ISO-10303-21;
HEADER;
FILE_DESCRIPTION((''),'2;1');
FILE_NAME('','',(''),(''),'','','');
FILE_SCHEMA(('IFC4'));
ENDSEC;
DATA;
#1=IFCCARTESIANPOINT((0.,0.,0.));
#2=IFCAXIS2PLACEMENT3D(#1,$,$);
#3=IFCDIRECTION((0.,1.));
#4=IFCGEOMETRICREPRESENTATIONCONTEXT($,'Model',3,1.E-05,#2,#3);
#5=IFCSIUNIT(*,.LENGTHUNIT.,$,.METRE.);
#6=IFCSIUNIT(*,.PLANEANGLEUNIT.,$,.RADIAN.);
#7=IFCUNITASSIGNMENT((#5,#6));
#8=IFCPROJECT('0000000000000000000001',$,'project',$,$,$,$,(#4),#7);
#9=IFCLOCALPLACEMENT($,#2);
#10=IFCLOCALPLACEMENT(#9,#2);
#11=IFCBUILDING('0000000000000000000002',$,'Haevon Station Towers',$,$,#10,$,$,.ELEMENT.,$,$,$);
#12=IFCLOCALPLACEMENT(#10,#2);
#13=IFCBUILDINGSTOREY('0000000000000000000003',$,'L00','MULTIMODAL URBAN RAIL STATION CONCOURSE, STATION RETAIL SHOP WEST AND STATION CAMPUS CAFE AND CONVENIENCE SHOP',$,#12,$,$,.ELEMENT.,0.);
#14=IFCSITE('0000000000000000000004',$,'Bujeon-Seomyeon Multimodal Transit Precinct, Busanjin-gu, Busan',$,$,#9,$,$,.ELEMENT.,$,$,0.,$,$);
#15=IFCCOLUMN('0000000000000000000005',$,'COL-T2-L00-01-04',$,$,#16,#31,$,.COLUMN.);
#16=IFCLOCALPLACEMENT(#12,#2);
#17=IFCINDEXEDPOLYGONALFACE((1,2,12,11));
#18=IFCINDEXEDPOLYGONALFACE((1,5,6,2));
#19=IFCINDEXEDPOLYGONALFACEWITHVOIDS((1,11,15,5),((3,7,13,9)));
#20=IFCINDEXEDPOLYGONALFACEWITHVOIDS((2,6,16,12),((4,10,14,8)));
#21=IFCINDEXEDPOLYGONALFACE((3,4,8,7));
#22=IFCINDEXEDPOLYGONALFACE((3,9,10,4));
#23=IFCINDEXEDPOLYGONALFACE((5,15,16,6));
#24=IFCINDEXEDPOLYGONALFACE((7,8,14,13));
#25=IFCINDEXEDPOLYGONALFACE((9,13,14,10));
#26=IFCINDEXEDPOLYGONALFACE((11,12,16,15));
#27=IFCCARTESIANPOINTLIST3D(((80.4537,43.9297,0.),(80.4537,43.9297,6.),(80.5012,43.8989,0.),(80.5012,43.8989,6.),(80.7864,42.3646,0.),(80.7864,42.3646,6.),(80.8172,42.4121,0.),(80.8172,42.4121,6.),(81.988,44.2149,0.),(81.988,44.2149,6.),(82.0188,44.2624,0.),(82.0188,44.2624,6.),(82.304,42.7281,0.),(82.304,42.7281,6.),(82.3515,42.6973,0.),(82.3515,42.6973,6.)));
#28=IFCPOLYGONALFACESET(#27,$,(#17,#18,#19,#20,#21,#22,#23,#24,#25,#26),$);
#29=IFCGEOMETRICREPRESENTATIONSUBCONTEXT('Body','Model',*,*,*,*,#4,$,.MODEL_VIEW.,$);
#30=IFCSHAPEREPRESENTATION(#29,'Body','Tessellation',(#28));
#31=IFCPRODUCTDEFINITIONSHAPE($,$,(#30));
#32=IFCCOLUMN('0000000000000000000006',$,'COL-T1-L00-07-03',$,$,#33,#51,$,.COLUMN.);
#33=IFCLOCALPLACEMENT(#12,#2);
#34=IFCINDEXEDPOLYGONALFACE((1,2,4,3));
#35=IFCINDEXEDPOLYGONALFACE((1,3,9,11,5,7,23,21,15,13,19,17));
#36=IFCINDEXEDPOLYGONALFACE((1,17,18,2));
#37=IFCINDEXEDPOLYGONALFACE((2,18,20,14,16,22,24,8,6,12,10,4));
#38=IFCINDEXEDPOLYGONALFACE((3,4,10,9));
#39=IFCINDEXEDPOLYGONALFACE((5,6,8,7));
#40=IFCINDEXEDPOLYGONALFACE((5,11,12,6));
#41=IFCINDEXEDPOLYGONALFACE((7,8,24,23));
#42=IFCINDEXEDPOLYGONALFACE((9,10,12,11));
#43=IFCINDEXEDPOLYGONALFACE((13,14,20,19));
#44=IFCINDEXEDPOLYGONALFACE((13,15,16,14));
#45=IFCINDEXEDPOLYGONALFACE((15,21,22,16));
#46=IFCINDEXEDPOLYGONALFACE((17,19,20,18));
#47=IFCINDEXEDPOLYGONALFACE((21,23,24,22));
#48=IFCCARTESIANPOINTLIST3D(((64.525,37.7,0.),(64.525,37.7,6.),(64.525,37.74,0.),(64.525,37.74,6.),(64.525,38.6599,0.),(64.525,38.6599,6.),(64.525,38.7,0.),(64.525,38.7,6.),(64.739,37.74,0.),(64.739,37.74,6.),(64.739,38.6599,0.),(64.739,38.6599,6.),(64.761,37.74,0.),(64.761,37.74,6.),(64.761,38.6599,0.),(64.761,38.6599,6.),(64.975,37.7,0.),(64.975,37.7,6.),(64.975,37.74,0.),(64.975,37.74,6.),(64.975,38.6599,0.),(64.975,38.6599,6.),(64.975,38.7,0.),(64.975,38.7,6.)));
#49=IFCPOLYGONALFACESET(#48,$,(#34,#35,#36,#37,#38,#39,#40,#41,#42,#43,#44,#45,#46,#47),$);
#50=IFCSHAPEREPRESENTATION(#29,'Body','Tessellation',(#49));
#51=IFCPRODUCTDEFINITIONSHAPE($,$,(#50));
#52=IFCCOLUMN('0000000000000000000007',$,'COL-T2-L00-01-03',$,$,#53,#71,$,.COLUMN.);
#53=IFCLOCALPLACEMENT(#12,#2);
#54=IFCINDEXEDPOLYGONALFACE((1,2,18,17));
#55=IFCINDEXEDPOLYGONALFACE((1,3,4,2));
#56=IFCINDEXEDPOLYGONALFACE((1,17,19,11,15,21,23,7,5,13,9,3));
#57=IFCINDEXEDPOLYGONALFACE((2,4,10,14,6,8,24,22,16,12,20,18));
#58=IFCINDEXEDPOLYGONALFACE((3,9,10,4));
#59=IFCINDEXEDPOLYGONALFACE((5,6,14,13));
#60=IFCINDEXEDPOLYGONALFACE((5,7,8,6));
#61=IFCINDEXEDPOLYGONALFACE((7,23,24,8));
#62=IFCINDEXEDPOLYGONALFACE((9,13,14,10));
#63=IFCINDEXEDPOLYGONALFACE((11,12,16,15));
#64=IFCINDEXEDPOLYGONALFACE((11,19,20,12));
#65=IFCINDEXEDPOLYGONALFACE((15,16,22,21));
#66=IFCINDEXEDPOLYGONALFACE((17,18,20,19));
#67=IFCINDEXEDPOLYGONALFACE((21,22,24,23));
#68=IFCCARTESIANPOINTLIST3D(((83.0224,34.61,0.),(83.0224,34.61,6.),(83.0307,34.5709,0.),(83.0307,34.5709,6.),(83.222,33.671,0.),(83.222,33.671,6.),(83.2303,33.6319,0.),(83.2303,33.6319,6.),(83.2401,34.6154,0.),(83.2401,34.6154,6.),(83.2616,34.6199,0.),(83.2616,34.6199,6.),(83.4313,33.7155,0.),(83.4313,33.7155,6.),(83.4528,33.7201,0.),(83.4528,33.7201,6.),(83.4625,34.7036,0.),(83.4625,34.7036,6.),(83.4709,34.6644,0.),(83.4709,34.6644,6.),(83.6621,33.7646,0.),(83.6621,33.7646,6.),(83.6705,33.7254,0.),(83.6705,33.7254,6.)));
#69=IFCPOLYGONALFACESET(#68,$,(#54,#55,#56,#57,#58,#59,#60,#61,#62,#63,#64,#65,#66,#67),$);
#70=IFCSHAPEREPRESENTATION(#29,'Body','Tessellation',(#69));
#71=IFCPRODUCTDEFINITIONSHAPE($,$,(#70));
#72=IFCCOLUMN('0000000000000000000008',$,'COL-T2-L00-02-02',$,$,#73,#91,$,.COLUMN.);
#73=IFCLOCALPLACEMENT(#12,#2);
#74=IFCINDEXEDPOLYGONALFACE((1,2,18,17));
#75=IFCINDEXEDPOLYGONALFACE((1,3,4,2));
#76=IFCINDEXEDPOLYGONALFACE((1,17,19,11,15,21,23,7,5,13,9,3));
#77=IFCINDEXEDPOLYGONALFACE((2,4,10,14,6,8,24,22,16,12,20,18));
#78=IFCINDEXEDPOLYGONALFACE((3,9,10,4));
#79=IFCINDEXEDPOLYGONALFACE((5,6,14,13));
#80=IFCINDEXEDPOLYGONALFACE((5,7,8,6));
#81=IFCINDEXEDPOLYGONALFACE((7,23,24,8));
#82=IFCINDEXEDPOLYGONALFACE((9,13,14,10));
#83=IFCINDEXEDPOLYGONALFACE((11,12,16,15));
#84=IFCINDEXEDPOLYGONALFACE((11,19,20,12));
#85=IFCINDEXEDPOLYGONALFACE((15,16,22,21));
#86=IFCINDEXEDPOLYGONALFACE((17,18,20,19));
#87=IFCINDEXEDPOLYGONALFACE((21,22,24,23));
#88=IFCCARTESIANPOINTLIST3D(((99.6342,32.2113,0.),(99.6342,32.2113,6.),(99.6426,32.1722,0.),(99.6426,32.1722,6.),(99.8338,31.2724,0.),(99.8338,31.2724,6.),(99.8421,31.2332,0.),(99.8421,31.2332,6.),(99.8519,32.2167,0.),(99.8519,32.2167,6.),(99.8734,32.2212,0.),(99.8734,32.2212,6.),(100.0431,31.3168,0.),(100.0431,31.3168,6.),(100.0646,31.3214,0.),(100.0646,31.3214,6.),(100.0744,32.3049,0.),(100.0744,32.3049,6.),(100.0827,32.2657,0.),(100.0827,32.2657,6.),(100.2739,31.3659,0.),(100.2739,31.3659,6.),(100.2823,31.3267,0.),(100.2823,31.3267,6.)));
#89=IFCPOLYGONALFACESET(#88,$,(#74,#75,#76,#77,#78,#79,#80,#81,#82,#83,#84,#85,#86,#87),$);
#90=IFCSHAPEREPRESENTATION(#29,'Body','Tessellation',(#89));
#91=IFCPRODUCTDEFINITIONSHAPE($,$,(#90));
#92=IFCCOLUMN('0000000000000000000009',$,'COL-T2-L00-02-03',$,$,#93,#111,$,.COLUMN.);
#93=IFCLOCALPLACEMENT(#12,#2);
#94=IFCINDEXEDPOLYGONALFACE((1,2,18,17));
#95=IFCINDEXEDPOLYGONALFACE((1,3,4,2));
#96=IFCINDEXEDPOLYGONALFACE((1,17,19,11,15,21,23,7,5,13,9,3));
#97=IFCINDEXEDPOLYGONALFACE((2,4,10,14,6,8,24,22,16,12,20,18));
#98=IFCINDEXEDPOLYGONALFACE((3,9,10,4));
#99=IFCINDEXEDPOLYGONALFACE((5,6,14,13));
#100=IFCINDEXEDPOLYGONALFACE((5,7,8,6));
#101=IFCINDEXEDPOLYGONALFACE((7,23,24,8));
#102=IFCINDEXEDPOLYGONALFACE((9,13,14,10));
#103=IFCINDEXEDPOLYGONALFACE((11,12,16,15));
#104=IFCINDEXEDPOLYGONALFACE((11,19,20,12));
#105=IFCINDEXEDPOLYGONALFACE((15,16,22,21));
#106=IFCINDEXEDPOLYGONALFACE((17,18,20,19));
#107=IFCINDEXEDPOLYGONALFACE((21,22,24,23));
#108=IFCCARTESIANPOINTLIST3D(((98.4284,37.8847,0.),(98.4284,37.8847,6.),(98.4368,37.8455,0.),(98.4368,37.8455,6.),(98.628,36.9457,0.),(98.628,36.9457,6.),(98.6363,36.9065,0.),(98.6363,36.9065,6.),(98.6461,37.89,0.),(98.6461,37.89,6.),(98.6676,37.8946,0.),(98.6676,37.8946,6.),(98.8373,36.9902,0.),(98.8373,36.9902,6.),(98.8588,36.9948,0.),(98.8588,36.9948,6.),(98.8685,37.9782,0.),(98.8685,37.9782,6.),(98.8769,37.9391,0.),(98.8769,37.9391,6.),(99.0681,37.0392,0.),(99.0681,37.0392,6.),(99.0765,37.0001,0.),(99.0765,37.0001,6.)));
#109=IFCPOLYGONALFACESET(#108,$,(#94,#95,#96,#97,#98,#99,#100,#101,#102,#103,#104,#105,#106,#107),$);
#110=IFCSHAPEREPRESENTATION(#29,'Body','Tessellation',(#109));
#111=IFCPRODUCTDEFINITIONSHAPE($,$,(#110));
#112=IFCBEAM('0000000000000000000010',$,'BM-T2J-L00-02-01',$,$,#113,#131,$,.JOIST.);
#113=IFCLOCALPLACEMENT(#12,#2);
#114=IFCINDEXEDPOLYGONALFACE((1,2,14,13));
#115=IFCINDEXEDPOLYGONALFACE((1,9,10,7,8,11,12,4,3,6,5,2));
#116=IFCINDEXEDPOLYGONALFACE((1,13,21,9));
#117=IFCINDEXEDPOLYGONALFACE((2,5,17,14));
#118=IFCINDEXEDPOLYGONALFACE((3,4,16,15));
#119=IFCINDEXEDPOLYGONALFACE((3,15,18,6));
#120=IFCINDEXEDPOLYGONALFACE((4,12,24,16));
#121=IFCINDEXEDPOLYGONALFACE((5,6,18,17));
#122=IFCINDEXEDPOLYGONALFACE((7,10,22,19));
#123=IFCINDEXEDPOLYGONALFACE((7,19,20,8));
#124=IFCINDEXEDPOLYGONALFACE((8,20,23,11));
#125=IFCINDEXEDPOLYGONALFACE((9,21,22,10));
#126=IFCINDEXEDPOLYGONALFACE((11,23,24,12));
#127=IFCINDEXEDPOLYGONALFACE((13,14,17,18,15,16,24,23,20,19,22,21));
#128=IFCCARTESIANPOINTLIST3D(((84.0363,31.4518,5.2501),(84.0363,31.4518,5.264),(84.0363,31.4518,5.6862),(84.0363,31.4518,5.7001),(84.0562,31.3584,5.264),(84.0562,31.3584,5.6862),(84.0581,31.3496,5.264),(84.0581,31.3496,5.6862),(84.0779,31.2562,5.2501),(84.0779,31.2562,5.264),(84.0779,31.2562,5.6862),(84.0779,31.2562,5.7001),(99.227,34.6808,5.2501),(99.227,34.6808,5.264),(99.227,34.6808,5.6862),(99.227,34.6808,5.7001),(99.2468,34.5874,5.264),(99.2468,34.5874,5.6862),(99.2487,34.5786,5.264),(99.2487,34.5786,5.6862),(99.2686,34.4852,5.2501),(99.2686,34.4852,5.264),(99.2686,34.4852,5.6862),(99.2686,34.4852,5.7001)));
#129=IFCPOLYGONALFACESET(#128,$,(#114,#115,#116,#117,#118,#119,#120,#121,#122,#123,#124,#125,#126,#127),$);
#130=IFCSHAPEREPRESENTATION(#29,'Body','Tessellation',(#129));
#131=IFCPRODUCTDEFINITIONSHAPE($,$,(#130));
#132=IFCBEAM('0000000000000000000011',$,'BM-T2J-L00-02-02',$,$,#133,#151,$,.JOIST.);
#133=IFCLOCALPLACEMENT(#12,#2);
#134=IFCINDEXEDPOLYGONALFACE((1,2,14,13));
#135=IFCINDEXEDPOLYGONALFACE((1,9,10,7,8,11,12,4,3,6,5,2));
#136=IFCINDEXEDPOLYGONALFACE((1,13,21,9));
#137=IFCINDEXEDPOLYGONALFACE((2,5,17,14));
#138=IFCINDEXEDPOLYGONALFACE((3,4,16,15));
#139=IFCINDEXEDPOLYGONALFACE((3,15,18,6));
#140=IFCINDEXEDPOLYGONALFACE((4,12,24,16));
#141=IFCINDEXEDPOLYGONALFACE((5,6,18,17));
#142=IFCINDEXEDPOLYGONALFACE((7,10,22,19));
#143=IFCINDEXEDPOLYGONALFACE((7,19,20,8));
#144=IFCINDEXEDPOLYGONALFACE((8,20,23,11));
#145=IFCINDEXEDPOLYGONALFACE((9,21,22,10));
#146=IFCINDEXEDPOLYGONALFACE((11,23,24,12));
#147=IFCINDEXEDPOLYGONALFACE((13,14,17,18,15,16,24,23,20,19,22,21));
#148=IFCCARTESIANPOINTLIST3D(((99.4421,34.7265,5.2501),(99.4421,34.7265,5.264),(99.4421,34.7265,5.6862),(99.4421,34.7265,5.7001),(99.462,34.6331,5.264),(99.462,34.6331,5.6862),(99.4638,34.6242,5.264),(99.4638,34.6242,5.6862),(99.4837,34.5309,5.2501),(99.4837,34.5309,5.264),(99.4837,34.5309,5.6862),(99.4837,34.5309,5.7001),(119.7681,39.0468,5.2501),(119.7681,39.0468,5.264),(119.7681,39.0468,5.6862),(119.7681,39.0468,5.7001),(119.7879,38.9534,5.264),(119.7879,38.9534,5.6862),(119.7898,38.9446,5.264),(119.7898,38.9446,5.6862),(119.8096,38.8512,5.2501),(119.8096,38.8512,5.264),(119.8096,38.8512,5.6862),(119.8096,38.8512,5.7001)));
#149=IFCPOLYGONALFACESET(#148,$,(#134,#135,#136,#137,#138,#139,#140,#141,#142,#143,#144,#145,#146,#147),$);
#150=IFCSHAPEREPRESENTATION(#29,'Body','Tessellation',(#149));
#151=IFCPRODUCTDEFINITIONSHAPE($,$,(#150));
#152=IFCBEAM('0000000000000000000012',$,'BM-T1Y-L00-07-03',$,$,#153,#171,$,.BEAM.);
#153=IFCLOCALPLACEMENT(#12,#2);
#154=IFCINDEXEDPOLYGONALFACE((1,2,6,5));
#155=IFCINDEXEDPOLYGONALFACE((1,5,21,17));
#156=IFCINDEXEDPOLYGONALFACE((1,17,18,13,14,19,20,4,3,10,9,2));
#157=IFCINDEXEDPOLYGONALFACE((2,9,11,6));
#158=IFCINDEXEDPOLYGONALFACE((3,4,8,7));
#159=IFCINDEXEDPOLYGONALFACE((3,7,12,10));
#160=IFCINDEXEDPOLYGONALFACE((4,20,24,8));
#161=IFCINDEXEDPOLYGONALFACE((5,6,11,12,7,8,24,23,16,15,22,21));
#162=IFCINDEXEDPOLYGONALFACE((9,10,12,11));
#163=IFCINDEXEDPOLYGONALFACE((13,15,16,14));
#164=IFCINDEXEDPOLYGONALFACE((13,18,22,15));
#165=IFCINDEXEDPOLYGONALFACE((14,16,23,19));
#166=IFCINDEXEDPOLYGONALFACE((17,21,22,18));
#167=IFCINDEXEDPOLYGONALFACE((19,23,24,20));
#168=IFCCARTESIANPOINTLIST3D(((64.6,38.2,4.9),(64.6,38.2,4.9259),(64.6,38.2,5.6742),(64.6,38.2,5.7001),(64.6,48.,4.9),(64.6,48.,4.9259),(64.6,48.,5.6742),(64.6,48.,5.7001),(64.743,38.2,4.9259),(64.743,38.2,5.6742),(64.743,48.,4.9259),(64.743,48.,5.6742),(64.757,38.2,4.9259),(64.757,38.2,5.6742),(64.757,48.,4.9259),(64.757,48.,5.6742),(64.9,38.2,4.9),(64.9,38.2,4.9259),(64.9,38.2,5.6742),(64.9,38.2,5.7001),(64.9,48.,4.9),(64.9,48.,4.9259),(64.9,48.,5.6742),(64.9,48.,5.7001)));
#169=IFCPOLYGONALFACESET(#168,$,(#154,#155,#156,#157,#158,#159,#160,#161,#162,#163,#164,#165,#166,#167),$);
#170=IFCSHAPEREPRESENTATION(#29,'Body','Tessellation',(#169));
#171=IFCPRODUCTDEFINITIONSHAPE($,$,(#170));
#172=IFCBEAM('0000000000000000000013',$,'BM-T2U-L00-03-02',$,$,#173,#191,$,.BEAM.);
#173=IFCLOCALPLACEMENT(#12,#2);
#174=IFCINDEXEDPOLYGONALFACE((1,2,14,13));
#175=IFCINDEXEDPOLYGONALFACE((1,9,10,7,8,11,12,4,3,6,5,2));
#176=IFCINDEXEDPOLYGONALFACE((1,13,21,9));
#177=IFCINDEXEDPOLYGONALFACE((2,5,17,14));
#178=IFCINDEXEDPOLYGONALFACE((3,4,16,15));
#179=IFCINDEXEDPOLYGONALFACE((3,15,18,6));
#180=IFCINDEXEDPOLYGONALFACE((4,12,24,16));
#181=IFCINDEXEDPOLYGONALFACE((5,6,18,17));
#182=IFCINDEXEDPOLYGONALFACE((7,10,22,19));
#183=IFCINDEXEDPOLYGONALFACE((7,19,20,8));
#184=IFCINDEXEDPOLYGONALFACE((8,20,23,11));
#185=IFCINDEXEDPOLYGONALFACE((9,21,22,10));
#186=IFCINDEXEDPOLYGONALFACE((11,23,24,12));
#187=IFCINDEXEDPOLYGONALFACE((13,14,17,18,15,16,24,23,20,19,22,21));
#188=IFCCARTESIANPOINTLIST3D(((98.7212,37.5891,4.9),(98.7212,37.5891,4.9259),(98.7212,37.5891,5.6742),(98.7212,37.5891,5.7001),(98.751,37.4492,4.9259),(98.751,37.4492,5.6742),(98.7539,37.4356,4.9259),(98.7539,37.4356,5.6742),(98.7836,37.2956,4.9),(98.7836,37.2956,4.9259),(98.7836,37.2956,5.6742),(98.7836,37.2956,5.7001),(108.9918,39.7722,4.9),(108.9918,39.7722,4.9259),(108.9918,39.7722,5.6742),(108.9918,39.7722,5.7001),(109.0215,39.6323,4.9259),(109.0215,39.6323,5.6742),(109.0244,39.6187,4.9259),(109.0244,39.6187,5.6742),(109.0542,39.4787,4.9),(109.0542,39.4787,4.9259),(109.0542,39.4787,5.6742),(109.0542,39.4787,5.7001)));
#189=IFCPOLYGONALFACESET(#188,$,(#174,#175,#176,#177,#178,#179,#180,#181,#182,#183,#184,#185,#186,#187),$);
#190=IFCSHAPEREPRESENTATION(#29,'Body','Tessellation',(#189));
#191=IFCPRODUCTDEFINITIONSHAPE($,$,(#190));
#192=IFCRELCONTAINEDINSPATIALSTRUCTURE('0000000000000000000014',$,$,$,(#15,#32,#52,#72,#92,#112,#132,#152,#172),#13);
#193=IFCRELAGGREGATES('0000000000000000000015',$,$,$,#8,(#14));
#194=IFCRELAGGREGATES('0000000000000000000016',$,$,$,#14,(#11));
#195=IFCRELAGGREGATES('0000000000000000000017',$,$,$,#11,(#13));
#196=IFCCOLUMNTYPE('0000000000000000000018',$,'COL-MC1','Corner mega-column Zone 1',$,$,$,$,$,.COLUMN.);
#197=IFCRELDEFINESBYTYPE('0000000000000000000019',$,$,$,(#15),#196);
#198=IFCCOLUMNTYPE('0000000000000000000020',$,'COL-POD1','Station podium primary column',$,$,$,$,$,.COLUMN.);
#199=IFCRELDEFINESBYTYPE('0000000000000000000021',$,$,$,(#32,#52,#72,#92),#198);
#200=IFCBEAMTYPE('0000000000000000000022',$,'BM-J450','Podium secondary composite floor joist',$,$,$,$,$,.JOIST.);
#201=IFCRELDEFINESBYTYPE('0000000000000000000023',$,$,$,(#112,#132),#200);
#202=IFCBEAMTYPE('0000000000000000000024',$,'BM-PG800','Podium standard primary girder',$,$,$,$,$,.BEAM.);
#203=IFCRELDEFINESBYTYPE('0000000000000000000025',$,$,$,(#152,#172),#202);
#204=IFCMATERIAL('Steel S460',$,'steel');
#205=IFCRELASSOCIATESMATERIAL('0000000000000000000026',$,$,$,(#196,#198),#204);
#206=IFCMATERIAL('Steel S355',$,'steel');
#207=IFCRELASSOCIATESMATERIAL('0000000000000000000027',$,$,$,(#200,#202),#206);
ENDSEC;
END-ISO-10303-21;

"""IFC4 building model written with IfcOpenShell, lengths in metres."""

from ifc_helpers import new_model, si_unit, direction, frame, origin, origin_2d, place, context, subcontext, project, spatial, hollow_rectangle, i_section, extrude, material, material_profile, profile_set, type_object, element, save


model = new_model("IFC4")

# Units and contexts
model_context = context("Model", 3, precision=1e-05, world=origin(), true_north=direction((0.0, 1.0)))
body_context = subcontext(model_context, "Body", "Model", "MODEL_VIEW")
ifc_project = project(units=[si_unit("LENGTHUNIT", "METRE"), si_unit("PLANEANGLEUNIT", "RADIAN")], contexts=[model_context])

# Site, building, storey
site_placement = place(None, origin())
site = spatial("IfcSite", under=ifc_project, at=site_placement, Name="Bujeon-Seomyeon Multimodal Transit Precinct, Busanjin-gu, Busan", CompositionType="ELEMENT", RefElevation=0.0)
building_placement = place(site_placement, origin())
building = spatial("IfcBuilding", under=site, at=building_placement, Name="Haevon Station Towers", CompositionType="ELEMENT")
storey_placement = place(building_placement, origin())
storey = spatial("IfcBuildingStorey", under=building, at=storey_placement, Name="L00", Description="MULTIMODAL URBAN RAIL STATION CONCOURSE, STATION RETAIL SHOP WEST AND STATION CAMPUS CAFE AND CONVENIENCE SHOP", CompositionType="ELEMENT", Elevation=0.0)

# Columns
ifc_material_1 = material(Name="Steel S460", Category="steel")
ifc_material_profile_1 = material_profile(ifc_material_1, hollow_rectangle(XDim=1.6001, YDim=1.6001, WallThickness=0.04, at=origin_2d()), Name="BOX-1600x1600x40")
ifc_profile_set_1 = profile_set([ifc_material_profile_1], Name="Steel S460")
column_type_1 = type_object("IfcColumnType", Name="COL-MC1", Description="Corner mega-column Zone 1", PredefinedType="COLUMN", material=ifc_profile_set_1)
column_placement = place(storey_placement, frame((81.4026, 43.3135, 0.0), z_axis=(0.0, 0.0, 1.0), x_axis=(0.978148, 0.207912, 0.0)))
element("IfcColumn", 1, at=column_placement, inside=storey, type_object=column_type_1, Name="COL-T2-L00-01-04", PredefinedType="COLUMN", context=body_context, shape_type="SweptSolid", body=[
    extrude(hollow_rectangle(XDim=1.6001, YDim=1.6001, WallThickness=0.04, at=origin_2d()), origin(), (0.0, 0.0, 1.0), 6.0),
])
ifc_material_profile_2 = material_profile(ifc_material_1, i_section(OverallWidth=0.45, OverallDepth=1.0, WebThickness=0.022, FlangeThickness=0.04, at=origin_2d()), Name="H-1000x450x22x40")
ifc_profile_set_2 = profile_set([ifc_material_profile_2], Name="Steel S460")
column_type_2 = type_object("IfcColumnType", Name="COL-POD1", Description="Station podium primary column", PredefinedType="COLUMN", material=ifc_profile_set_2)
for number, where, z_axis, x_axis, name in (
    (2, (64.75, 38.2, 0.0), (0.0, 0.0, 1.0), (1.0, 0.0, 0.0), "COL-T1-L00-07-03"),
    (3, (83.3464, 34.1677, 0.0), (0.0, 0.0, 1.0), (0.978148, 0.207912, 0.0), "COL-T2-L00-01-03"),
    (4, (99.9583, 31.769, 0.0), (0.0, 0.0, 1.0), (0.978148, 0.207912, 0.0), "COL-T2-L00-02-02"),
    (5, (98.7524, 37.4424, 0.0), (0.0, 0.0, 1.0), (0.978148, 0.207912, 0.0), "COL-T2-L00-02-03"),
):
    element("IfcColumn", number, at=place(storey_placement, frame(where, z_axis=z_axis, x_axis=x_axis)), inside=storey, type_object=column_type_2, Name=name, PredefinedType="COLUMN", context=body_context, shape_type="SweptSolid", body=[
        extrude(i_section(OverallWidth=0.45, OverallDepth=1.0, WebThickness=0.022, FlangeThickness=0.04, at=origin_2d()), origin(), (0.0, 0.0, 1.0), 6.0),
    ])

# Beams
ifc_material_2 = material(Name="Steel S355", Category="steel")
ifc_material_profile_3 = material_profile(ifc_material_2, i_section(OverallWidth=0.2, OverallDepth=0.45, WebThickness=0.009, FlangeThickness=0.0139, at=origin_2d()), Name="H-450x200x9x14")
ifc_profile_set_3 = profile_set([ifc_material_profile_3], Name="Steel S355")
beam_type_1 = type_object("IfcBeamType", Name="BM-J450", Description="Podium secondary composite floor joist", PredefinedType="JOIST", material=ifc_profile_set_3)
beam_1_placement = place(storey_placement, frame((84.0571, 31.354, 5.4751), z_axis=(0.978146, 0.207919, 0.0), x_axis=(-0.207919, 0.978146, 0.0)))
element("IfcBeam", 6, at=beam_1_placement, inside=storey, type_object=beam_type_1, Name="BM-T2J-L00-02-01", PredefinedType="JOIST", context=body_context, shape_type="SweptSolid", body=[
    extrude(i_section(OverallWidth=0.2, OverallDepth=0.45, WebThickness=0.009, FlangeThickness=0.0139, at=origin_2d()), origin(), (0.0, 0.0, 1.0), 15.53),
])
beam_2_placement = place(storey_placement, frame((99.4629, 34.6287, 5.4751), z_axis=(0.978149, 0.207907, 0.0), x_axis=(-0.207907, 0.978149, 0.0)))
element("IfcBeam", 7, at=beam_2_placement, inside=storey, type_object=beam_type_1, Name="BM-T2J-L00-02-02", PredefinedType="JOIST", context=body_context, shape_type="SweptSolid", body=[
    extrude(i_section(OverallWidth=0.2, OverallDepth=0.45, WebThickness=0.009, FlangeThickness=0.0139, at=origin_2d()), origin(), (0.0, 0.0, 1.0), 20.78),
])
ifc_material_profile_4 = material_profile(ifc_material_2, i_section(OverallWidth=0.3, OverallDepth=0.8, WebThickness=0.0139, FlangeThickness=0.0259, at=origin_2d()), Name="H-800x300x14x26")
ifc_profile_set_4 = profile_set([ifc_material_profile_4], Name="Steel S355")
beam_type_2 = type_object("IfcBeamType", Name="BM-PG800", Description="Podium standard primary girder", PredefinedType="BEAM", material=ifc_profile_set_4)
beam_3_placement = place(storey_placement, frame((64.75, 38.2, 5.3), z_axis=(0.0, 1.0, 0.0), x_axis=(-1.0, 0.0, 0.0)))
element("IfcBeam", 8, at=beam_3_placement, inside=storey, type_object=beam_type_2, Name="BM-T1Y-L00-07-03", PredefinedType="BEAM", context=body_context, shape_type="SweptSolid", body=[
    extrude(i_section(OverallWidth=0.3, OverallDepth=0.8, WebThickness=0.0139, FlangeThickness=0.0259, at=origin_2d()), origin(), (0.0, 0.0, 1.0), 9.8),
])
beam_4_placement = place(storey_placement, frame((98.7524, 37.4424, 5.3), z_axis=(0.978147, 0.207915, 0.0), x_axis=(-0.207915, 0.978147, 0.0)))
element("IfcBeam", 9, at=beam_4_placement, inside=storey, type_object=beam_type_2, Name="BM-T2U-L00-03-02", PredefinedType="BEAM", context=body_context, shape_type="SweptSolid", body=[
    extrude(i_section(OverallWidth=0.3, OverallDepth=0.8, WebThickness=0.0139, FlangeThickness=0.0259, at=origin_2d()), origin(), (0.0, 0.0, 1.0), 10.5),
])

save(model, "model.ifc")
